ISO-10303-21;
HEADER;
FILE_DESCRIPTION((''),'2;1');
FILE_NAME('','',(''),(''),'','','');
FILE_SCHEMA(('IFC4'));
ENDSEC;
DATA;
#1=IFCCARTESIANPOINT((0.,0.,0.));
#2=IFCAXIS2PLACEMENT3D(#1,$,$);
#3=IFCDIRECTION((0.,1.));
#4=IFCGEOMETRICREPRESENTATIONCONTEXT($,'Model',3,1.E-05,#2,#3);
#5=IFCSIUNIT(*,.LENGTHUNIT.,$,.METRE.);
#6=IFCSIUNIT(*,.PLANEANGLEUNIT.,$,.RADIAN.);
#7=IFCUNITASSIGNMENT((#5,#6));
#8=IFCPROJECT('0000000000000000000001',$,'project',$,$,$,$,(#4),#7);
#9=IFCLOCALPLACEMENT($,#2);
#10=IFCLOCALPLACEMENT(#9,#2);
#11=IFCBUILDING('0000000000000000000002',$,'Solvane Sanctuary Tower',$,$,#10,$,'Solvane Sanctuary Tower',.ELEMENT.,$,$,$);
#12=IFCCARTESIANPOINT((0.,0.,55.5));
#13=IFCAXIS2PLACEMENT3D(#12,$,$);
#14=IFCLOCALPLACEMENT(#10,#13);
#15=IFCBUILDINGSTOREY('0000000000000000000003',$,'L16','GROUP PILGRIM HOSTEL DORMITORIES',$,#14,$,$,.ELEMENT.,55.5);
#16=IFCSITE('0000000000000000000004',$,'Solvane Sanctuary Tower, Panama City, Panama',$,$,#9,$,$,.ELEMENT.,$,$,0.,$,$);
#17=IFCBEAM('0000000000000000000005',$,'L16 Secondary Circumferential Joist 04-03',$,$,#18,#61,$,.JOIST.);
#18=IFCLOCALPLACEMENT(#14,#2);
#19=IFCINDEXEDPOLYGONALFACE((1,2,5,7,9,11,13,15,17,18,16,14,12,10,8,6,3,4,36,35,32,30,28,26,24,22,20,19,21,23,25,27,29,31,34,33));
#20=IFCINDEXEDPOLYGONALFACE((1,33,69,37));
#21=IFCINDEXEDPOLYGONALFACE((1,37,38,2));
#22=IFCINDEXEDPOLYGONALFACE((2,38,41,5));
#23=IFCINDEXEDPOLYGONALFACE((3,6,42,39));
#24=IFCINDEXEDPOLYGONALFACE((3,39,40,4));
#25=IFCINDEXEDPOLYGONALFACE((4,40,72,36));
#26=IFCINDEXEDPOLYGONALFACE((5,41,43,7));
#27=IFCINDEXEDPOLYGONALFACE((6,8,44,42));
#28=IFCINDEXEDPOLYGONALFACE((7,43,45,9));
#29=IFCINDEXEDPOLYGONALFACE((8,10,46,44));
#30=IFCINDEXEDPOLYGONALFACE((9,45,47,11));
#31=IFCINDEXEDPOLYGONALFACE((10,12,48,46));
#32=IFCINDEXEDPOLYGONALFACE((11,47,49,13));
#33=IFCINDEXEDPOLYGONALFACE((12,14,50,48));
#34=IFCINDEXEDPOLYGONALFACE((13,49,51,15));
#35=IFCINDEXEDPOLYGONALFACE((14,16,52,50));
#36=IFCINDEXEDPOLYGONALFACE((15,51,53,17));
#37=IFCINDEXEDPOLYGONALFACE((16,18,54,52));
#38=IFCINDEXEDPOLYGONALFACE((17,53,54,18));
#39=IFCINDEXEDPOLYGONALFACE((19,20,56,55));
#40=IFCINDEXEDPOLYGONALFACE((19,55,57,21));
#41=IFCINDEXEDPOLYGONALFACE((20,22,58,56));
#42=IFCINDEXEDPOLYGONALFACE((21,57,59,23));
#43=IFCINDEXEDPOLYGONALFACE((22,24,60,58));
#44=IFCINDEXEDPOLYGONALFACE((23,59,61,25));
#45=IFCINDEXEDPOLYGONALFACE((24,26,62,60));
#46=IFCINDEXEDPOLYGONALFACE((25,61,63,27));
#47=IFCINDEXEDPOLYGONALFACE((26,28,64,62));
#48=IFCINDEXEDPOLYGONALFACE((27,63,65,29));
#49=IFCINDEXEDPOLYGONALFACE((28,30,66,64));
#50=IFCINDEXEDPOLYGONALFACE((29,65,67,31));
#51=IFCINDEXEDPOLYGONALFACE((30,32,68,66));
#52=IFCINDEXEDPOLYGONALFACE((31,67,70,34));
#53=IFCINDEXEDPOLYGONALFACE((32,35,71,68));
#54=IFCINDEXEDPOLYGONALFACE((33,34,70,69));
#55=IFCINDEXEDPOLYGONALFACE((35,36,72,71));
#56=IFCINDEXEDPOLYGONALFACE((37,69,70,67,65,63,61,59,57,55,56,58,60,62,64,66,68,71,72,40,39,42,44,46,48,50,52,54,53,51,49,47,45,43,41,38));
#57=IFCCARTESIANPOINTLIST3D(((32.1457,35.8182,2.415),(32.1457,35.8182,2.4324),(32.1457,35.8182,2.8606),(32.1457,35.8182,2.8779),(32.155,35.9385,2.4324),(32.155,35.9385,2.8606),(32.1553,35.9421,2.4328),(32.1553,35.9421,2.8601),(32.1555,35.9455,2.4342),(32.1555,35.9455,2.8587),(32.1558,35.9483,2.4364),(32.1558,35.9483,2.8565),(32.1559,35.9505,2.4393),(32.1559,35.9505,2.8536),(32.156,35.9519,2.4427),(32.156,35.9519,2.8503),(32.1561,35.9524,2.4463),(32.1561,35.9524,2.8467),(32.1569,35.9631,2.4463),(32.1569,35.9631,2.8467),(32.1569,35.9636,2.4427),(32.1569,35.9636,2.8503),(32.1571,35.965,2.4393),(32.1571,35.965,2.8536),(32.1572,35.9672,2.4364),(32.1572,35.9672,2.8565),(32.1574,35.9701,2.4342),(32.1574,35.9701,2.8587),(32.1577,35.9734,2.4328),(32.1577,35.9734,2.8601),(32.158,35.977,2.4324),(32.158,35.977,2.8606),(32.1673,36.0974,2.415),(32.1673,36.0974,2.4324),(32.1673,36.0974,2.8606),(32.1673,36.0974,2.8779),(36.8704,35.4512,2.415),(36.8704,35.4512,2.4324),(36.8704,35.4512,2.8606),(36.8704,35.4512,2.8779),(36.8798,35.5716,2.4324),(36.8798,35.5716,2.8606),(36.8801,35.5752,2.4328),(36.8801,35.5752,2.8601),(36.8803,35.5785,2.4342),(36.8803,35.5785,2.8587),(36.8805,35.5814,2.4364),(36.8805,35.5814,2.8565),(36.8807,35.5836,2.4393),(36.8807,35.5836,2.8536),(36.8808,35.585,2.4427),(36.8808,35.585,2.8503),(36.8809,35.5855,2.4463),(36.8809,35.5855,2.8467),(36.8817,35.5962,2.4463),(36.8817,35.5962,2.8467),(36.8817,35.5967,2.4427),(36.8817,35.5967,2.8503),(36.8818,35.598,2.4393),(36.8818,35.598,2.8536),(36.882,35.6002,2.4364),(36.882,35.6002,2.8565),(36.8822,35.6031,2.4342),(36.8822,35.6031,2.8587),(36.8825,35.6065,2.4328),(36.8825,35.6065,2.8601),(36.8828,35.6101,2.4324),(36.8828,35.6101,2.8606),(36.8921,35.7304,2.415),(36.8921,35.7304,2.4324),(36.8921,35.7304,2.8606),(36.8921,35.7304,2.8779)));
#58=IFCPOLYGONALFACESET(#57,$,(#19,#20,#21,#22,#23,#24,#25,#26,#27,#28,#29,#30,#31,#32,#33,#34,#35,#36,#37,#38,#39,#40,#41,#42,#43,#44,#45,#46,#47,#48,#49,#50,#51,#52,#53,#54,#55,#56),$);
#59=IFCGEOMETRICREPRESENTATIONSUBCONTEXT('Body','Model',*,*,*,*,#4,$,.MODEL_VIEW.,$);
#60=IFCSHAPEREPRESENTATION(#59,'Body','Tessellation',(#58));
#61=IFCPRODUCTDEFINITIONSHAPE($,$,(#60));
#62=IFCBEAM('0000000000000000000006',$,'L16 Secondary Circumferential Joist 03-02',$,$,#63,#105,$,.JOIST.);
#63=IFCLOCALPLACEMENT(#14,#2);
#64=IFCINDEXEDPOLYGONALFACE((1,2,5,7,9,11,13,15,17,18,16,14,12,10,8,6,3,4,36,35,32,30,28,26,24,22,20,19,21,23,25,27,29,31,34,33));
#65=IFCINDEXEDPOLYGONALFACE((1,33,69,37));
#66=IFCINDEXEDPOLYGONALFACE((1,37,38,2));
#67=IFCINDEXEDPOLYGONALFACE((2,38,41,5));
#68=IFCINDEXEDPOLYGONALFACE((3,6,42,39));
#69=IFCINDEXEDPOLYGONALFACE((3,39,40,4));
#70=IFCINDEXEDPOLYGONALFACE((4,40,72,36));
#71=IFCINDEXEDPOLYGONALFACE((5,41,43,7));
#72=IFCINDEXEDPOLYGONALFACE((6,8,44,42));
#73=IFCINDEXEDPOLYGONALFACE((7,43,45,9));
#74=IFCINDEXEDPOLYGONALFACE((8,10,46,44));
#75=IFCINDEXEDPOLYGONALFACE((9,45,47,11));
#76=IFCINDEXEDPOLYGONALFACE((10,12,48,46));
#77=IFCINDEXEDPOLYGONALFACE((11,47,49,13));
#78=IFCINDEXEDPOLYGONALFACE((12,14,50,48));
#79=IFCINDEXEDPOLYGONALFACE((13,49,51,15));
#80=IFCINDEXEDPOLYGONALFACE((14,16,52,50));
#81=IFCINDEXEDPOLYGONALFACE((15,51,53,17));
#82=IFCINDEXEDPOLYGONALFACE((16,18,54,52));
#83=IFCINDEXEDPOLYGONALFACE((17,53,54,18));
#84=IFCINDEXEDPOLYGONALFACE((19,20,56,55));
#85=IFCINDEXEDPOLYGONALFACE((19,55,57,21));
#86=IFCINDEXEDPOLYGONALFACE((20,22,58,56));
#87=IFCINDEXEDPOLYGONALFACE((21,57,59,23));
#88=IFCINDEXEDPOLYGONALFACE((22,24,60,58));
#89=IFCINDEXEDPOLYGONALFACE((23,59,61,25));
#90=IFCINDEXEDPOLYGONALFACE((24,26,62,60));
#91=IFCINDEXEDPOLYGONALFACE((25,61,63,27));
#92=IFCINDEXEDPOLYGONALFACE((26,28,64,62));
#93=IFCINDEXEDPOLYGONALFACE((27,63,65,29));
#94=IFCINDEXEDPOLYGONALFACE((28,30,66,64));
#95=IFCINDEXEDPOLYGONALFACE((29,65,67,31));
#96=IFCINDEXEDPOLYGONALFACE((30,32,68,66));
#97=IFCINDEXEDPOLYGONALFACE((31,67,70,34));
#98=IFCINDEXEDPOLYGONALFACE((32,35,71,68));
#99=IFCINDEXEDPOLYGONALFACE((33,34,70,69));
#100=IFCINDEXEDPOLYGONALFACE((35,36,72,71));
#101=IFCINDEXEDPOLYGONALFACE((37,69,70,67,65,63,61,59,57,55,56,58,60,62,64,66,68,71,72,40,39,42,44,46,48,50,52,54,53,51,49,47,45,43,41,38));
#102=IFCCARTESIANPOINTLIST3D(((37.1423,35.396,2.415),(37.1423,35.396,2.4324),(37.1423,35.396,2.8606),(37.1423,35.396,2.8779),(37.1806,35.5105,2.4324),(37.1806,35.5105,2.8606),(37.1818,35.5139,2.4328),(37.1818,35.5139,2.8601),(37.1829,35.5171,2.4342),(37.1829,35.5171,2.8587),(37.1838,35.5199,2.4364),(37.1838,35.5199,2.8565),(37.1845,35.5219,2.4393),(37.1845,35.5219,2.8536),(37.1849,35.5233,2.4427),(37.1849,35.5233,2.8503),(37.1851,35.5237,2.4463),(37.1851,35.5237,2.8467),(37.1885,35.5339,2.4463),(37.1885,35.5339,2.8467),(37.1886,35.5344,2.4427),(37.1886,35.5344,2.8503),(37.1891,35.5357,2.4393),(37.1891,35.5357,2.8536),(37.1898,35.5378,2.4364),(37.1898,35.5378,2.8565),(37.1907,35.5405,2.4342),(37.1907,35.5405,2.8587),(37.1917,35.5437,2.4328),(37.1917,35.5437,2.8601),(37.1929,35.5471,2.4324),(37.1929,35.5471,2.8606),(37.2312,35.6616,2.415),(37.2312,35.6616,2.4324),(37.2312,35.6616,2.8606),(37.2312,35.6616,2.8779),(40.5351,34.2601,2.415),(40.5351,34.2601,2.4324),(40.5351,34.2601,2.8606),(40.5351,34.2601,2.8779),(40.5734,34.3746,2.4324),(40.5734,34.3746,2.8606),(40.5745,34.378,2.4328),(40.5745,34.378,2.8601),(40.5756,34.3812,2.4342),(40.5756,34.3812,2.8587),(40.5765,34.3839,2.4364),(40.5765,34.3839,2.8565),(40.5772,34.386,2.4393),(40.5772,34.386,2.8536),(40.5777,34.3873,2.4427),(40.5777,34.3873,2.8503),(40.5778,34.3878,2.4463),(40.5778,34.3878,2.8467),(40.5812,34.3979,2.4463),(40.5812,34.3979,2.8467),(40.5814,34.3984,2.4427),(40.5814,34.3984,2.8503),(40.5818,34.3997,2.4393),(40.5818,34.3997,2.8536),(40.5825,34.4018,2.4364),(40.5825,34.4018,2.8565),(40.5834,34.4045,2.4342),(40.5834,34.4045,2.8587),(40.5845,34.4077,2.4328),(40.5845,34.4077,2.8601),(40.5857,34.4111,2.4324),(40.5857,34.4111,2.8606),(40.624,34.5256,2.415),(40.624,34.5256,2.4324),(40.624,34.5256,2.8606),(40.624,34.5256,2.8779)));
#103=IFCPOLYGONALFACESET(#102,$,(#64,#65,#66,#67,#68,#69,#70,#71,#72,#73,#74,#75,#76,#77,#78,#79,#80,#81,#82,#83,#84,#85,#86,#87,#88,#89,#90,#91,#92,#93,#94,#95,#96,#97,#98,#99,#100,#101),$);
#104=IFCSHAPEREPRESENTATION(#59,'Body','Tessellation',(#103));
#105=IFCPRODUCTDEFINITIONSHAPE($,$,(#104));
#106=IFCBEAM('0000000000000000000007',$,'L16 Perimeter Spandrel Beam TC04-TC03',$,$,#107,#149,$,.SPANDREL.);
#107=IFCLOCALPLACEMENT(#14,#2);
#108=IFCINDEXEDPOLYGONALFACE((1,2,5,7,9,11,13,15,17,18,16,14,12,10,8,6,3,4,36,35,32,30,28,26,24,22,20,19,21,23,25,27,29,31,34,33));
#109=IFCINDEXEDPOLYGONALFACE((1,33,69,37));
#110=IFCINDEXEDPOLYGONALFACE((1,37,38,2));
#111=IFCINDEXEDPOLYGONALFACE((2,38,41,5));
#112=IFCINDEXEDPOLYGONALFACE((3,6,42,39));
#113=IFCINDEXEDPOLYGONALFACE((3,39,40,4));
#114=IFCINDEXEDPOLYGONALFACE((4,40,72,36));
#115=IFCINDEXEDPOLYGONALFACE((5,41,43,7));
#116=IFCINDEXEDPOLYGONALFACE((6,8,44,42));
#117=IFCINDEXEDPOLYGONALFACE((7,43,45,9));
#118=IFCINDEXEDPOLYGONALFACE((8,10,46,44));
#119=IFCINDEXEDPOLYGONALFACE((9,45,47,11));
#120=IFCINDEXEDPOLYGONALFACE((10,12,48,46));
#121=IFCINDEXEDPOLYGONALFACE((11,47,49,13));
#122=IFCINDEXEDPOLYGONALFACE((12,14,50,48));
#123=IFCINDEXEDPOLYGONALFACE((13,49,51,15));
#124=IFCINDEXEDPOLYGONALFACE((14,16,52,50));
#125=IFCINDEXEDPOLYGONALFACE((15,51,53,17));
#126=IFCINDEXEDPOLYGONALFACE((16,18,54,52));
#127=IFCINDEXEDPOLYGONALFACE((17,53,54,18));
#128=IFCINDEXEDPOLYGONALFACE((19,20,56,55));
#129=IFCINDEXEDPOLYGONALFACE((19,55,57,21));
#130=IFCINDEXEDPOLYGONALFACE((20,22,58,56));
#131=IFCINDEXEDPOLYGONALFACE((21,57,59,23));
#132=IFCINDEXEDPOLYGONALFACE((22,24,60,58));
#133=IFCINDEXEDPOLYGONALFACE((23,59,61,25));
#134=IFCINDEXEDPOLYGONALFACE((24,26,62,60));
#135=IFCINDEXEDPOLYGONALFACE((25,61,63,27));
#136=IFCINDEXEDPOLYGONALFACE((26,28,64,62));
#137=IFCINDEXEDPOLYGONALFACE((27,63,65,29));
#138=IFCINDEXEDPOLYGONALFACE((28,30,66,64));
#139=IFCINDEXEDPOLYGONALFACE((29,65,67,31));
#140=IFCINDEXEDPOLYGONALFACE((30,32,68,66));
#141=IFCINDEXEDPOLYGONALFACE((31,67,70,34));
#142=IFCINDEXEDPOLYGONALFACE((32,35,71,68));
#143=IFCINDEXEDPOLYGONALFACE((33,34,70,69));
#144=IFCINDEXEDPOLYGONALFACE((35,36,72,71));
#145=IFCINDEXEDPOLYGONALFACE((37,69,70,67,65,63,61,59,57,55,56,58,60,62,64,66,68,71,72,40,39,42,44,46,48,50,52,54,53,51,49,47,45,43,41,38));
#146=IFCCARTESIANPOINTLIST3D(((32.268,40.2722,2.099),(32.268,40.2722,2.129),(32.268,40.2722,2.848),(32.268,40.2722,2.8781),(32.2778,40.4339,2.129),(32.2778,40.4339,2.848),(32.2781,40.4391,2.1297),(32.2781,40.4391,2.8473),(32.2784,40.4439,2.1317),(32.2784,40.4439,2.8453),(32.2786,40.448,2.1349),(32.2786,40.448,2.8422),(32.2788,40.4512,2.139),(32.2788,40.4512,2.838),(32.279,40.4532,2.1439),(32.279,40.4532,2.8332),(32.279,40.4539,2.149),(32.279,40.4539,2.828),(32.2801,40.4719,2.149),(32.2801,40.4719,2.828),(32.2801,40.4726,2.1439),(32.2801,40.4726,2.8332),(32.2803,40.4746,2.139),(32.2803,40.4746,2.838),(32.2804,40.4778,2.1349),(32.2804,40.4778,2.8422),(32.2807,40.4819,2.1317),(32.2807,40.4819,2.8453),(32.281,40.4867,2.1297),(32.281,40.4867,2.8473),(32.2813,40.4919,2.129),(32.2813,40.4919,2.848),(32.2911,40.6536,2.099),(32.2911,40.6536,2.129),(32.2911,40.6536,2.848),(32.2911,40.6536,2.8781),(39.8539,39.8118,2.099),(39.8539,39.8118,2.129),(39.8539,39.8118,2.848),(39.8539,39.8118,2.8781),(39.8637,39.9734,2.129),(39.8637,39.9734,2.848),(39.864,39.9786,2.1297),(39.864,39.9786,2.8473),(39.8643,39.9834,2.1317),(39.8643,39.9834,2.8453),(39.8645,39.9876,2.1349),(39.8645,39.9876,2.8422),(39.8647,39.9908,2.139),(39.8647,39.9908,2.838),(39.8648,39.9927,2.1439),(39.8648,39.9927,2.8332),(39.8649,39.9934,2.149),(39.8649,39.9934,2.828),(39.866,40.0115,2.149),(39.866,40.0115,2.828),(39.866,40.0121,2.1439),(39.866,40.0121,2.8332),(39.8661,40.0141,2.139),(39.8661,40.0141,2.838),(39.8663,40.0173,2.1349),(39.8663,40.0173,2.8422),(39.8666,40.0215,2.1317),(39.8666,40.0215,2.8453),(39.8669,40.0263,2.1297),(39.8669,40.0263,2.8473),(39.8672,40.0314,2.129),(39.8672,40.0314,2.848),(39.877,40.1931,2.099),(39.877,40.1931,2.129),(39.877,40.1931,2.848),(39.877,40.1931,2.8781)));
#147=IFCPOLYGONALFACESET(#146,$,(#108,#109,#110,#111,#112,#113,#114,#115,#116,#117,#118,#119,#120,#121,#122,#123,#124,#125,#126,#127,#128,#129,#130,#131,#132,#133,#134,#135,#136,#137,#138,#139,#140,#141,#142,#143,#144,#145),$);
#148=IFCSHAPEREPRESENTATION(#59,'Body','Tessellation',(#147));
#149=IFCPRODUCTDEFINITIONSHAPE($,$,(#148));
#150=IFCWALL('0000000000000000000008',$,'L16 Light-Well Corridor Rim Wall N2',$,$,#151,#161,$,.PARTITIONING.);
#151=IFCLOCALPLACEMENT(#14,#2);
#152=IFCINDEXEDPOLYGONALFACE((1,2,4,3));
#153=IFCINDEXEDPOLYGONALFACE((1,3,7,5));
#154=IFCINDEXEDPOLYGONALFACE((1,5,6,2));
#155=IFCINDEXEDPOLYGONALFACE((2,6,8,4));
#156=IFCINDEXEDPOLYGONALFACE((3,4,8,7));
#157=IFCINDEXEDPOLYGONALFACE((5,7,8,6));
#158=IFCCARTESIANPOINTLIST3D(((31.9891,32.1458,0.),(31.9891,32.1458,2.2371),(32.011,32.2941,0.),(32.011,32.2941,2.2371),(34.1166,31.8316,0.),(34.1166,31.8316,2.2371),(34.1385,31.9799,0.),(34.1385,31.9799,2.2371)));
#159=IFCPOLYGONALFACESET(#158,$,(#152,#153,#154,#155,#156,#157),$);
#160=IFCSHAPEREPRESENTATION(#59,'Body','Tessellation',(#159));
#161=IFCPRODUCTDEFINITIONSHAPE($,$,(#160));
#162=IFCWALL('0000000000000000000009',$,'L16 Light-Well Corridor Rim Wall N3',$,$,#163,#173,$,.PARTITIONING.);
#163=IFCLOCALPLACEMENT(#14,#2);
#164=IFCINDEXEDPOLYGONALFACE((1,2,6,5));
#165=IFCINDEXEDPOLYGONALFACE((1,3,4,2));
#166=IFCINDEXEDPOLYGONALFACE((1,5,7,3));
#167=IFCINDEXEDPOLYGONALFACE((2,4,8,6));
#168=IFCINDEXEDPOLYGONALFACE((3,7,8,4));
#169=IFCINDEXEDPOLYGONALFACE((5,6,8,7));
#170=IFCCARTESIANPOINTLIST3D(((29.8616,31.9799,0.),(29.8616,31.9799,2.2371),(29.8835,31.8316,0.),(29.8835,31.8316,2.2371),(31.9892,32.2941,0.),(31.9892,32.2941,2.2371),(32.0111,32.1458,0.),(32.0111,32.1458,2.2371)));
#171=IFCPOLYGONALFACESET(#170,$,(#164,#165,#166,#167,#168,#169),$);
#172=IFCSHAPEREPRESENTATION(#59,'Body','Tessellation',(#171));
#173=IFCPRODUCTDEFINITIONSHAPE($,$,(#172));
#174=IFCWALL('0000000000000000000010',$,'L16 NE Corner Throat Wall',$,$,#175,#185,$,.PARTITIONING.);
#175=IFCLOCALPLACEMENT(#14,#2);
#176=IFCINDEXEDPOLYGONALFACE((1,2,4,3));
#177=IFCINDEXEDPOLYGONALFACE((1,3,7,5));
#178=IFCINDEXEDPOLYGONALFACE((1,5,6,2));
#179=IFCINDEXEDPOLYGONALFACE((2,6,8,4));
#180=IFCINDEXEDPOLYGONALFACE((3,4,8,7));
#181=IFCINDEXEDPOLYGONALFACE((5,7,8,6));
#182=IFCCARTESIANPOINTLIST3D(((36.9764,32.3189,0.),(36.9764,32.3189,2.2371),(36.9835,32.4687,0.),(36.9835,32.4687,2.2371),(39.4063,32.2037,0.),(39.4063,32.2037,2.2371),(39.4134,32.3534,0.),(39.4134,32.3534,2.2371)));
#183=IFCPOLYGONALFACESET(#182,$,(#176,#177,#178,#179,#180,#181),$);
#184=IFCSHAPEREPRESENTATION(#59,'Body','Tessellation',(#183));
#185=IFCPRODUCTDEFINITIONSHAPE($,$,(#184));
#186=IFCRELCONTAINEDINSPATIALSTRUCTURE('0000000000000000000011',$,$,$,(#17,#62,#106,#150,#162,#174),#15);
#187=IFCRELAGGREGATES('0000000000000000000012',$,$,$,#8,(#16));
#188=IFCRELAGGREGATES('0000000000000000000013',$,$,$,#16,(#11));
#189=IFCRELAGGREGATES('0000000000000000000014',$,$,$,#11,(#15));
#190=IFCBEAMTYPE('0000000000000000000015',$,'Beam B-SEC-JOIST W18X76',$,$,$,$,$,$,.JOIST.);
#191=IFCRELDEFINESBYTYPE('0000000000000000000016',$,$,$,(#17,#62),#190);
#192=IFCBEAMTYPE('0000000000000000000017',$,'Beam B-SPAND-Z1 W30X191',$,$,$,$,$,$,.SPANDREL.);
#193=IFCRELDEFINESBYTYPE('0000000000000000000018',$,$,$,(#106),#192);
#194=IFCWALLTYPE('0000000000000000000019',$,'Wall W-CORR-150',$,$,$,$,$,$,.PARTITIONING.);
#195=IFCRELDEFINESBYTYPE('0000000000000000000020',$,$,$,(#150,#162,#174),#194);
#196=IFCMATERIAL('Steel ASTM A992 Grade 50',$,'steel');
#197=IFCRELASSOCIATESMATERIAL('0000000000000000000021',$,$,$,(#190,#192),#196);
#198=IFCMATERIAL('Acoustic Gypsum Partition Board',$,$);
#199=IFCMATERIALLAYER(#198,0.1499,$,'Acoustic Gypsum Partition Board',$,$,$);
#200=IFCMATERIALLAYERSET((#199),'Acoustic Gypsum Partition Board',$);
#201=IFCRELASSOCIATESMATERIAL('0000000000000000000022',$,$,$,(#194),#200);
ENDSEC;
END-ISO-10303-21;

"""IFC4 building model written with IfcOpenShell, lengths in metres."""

from ifc_helpers import new_model, si_unit, direction, frame, frame_2d, origin, origin_2d, place, context, subcontext, project, spatial, rectangle, i_section, extrude, material, layer, layer_set, material_profile, profile_set, type_object, element, save


model = new_model("IFC4")

# Units and contexts
model_context = context("Model", 3, precision=1e-05, world=origin(), true_north=direction((0.0, 1.0)))
body_context = subcontext(model_context, "Body", "Model", "MODEL_VIEW")
ifc_project = project(units=[si_unit("LENGTHUNIT", "METRE"), si_unit("PLANEANGLEUNIT", "RADIAN")], contexts=[model_context])

# Site, building, storey
site_placement = place(None, origin())
site = spatial("IfcSite", under=ifc_project, at=site_placement, Name="Solvane Sanctuary Tower, Panama City, Panama", CompositionType="ELEMENT", RefElevation=0.0)
building_placement = place(site_placement, origin())
building = spatial("IfcBuilding", under=site, at=building_placement, Name="Solvane Sanctuary Tower", LongName="Solvane Sanctuary Tower", CompositionType="ELEMENT")
storey_placement = place(building_placement, frame((0.0, 0.0, 55.5)))
storey = spatial("IfcBuildingStorey", under=building, at=storey_placement, Name="L16", Description="GROUP PILGRIM HOSTEL DORMITORIES", CompositionType="ELEMENT", Elevation=55.5)

# Beams
ifc_material_1 = material(Name="Steel ASTM A992 Grade 50", Category="steel")
ifc_material_profile_1 = material_profile(ifc_material_1, i_section(OverallWidth=0.28, OverallDepth=0.4629, WebThickness=0.0107, FlangeThickness=0.0173, FilletRadius=0.0139, at=origin_2d()), Name="W18X76")
ifc_profile_set_1 = profile_set([ifc_material_profile_1], Name="Steel ASTM A992 Grade 50")
beam_type_1 = type_object("IfcBeamType", Name="Beam B-SEC-JOIST W18X76", PredefinedType="JOIST", material=ifc_profile_set_1)
beam_1_placement = place(storey_placement, frame((32.1565, 35.9578, 2.6465), z_axis=(0.996998, -0.077429, 0.0), x_axis=(0.077429, 0.996998, 0.0)))
element("IfcBeam", 1, at=beam_1_placement, inside=storey, type_object=beam_type_1, Name="L16 Secondary Circumferential Joist 04-03", PredefinedType="JOIST", context=body_context, shape_type="SweptSolid", body=[
    extrude(i_section(OverallWidth=0.28, OverallDepth=0.4629, WebThickness=0.0107, FlangeThickness=0.0173, FilletRadius=0.0139, at=origin_2d()), origin(), (0.0, 0.0, 1.0), 4.739),
])
beam_2_placement = place(storey_placement, frame((37.1868, 35.5288, 2.6465), z_axis=(0.948259, -0.317497, 0.0), x_axis=(0.317497, 0.948259, 0.0)))
element("IfcBeam", 2, at=beam_2_placement, inside=storey, type_object=beam_type_1, Name="L16 Secondary Circumferential Joist 03-02", PredefinedType="JOIST", context=body_context, shape_type="SweptSolid", body=[
    extrude(i_section(OverallWidth=0.28, OverallDepth=0.4629, WebThickness=0.0107, FlangeThickness=0.0173, FilletRadius=0.0139, at=origin_2d()), origin(), (0.0, 0.0, 1.0), 3.5779),
])
ifc_material_profile_2 = material_profile(ifc_material_1, i_section(OverallWidth=0.3821, OverallDepth=0.7791, WebThickness=0.0181, FlangeThickness=0.03, FilletRadius=0.02, at=origin_2d()), Name="W30X191")
ifc_profile_set_2 = profile_set([ifc_material_profile_2], Name="Steel ASTM A992 Grade 50")
beam_type_2 = type_object("IfcBeamType", Name="Beam B-SPAND-Z1 W30X191", PredefinedType="SPANDREL", material=ifc_profile_set_2)
beam_3_placement = place(storey_placement, frame((32.2795, 40.4629, 2.4885), z_axis=(0.998163, -0.060586, 0.0), x_axis=(0.060586, 0.998163, 0.0)))
element("IfcBeam", 3, at=beam_3_placement, inside=storey, type_object=beam_type_2, Name="L16 Perimeter Spandrel Beam TC04-TC03", PredefinedType="SPANDREL", context=body_context, shape_type="SweptSolid", body=[
    extrude(i_section(OverallWidth=0.3821, OverallDepth=0.7791, WebThickness=0.0181, FlangeThickness=0.03, FilletRadius=0.02, at=origin_2d()), origin(), (0.0, 0.0, 1.0), 7.5999),
])

# Walls
ifc_material_2 = material(Name="Acoustic Gypsum Partition Board")
ifc_layer_1 = layer(ifc_material_2, 0.1499, Name="Acoustic Gypsum Partition Board")
ifc_layer_set_1 = layer_set([ifc_layer_1], Name="Acoustic Gypsum Partition Board")
wall_type_1 = type_object("IfcWallType", Name="Wall W-CORR-150", PredefinedType="PARTITIONING", material=ifc_layer_set_1)
for number, where, z_axis, x_axis, name in (
    (4, (34.1274, 31.9058, 0.0), (0.0, 0.0, 1.0), (-0.989269, 0.146108, 0.0), "L16 Light-Well Corridor Rim Wall N2"),
    (5, (32.0, 32.22, 0.0), (0.0, 0.0, 1.0), (-0.989269, -0.146108, 0.0), "L16 Light-Well Corridor Rim Wall N3"),
):
    element("IfcWall", number, at=place(storey_placement, frame(where, z_axis=z_axis, x_axis=x_axis)), inside=storey, type_object=wall_type_1, Name=name, PredefinedType="PARTITIONING", context=body_context, shape_type="SweptSolid", body=[
        extrude(rectangle(XDim=2.1506, YDim=0.1499, at=frame_2d((1.0752, 0.0))), origin(), (0.0, 0.0, 1.0), 2.2371),
    ])
wall_1_placement = place(storey_placement, frame((36.98, 32.3938, 0.0), z_axis=(0.0, 0.0, 1.0), x_axis=(0.998877, -0.04737, 0.0)))
element("IfcWall", 6, at=wall_1_placement, inside=storey, type_object=wall_type_1, Name="L16 NE Corner Throat Wall", PredefinedType="PARTITIONING", context=body_context, shape_type="SweptSolid", body=[
    extrude(rectangle(XDim=2.4326, YDim=0.1499, at=frame_2d((1.2163, 0.0))), origin(), (0.0, 0.0, 1.0), 2.2371),
])

save(model, "model.ifc")
